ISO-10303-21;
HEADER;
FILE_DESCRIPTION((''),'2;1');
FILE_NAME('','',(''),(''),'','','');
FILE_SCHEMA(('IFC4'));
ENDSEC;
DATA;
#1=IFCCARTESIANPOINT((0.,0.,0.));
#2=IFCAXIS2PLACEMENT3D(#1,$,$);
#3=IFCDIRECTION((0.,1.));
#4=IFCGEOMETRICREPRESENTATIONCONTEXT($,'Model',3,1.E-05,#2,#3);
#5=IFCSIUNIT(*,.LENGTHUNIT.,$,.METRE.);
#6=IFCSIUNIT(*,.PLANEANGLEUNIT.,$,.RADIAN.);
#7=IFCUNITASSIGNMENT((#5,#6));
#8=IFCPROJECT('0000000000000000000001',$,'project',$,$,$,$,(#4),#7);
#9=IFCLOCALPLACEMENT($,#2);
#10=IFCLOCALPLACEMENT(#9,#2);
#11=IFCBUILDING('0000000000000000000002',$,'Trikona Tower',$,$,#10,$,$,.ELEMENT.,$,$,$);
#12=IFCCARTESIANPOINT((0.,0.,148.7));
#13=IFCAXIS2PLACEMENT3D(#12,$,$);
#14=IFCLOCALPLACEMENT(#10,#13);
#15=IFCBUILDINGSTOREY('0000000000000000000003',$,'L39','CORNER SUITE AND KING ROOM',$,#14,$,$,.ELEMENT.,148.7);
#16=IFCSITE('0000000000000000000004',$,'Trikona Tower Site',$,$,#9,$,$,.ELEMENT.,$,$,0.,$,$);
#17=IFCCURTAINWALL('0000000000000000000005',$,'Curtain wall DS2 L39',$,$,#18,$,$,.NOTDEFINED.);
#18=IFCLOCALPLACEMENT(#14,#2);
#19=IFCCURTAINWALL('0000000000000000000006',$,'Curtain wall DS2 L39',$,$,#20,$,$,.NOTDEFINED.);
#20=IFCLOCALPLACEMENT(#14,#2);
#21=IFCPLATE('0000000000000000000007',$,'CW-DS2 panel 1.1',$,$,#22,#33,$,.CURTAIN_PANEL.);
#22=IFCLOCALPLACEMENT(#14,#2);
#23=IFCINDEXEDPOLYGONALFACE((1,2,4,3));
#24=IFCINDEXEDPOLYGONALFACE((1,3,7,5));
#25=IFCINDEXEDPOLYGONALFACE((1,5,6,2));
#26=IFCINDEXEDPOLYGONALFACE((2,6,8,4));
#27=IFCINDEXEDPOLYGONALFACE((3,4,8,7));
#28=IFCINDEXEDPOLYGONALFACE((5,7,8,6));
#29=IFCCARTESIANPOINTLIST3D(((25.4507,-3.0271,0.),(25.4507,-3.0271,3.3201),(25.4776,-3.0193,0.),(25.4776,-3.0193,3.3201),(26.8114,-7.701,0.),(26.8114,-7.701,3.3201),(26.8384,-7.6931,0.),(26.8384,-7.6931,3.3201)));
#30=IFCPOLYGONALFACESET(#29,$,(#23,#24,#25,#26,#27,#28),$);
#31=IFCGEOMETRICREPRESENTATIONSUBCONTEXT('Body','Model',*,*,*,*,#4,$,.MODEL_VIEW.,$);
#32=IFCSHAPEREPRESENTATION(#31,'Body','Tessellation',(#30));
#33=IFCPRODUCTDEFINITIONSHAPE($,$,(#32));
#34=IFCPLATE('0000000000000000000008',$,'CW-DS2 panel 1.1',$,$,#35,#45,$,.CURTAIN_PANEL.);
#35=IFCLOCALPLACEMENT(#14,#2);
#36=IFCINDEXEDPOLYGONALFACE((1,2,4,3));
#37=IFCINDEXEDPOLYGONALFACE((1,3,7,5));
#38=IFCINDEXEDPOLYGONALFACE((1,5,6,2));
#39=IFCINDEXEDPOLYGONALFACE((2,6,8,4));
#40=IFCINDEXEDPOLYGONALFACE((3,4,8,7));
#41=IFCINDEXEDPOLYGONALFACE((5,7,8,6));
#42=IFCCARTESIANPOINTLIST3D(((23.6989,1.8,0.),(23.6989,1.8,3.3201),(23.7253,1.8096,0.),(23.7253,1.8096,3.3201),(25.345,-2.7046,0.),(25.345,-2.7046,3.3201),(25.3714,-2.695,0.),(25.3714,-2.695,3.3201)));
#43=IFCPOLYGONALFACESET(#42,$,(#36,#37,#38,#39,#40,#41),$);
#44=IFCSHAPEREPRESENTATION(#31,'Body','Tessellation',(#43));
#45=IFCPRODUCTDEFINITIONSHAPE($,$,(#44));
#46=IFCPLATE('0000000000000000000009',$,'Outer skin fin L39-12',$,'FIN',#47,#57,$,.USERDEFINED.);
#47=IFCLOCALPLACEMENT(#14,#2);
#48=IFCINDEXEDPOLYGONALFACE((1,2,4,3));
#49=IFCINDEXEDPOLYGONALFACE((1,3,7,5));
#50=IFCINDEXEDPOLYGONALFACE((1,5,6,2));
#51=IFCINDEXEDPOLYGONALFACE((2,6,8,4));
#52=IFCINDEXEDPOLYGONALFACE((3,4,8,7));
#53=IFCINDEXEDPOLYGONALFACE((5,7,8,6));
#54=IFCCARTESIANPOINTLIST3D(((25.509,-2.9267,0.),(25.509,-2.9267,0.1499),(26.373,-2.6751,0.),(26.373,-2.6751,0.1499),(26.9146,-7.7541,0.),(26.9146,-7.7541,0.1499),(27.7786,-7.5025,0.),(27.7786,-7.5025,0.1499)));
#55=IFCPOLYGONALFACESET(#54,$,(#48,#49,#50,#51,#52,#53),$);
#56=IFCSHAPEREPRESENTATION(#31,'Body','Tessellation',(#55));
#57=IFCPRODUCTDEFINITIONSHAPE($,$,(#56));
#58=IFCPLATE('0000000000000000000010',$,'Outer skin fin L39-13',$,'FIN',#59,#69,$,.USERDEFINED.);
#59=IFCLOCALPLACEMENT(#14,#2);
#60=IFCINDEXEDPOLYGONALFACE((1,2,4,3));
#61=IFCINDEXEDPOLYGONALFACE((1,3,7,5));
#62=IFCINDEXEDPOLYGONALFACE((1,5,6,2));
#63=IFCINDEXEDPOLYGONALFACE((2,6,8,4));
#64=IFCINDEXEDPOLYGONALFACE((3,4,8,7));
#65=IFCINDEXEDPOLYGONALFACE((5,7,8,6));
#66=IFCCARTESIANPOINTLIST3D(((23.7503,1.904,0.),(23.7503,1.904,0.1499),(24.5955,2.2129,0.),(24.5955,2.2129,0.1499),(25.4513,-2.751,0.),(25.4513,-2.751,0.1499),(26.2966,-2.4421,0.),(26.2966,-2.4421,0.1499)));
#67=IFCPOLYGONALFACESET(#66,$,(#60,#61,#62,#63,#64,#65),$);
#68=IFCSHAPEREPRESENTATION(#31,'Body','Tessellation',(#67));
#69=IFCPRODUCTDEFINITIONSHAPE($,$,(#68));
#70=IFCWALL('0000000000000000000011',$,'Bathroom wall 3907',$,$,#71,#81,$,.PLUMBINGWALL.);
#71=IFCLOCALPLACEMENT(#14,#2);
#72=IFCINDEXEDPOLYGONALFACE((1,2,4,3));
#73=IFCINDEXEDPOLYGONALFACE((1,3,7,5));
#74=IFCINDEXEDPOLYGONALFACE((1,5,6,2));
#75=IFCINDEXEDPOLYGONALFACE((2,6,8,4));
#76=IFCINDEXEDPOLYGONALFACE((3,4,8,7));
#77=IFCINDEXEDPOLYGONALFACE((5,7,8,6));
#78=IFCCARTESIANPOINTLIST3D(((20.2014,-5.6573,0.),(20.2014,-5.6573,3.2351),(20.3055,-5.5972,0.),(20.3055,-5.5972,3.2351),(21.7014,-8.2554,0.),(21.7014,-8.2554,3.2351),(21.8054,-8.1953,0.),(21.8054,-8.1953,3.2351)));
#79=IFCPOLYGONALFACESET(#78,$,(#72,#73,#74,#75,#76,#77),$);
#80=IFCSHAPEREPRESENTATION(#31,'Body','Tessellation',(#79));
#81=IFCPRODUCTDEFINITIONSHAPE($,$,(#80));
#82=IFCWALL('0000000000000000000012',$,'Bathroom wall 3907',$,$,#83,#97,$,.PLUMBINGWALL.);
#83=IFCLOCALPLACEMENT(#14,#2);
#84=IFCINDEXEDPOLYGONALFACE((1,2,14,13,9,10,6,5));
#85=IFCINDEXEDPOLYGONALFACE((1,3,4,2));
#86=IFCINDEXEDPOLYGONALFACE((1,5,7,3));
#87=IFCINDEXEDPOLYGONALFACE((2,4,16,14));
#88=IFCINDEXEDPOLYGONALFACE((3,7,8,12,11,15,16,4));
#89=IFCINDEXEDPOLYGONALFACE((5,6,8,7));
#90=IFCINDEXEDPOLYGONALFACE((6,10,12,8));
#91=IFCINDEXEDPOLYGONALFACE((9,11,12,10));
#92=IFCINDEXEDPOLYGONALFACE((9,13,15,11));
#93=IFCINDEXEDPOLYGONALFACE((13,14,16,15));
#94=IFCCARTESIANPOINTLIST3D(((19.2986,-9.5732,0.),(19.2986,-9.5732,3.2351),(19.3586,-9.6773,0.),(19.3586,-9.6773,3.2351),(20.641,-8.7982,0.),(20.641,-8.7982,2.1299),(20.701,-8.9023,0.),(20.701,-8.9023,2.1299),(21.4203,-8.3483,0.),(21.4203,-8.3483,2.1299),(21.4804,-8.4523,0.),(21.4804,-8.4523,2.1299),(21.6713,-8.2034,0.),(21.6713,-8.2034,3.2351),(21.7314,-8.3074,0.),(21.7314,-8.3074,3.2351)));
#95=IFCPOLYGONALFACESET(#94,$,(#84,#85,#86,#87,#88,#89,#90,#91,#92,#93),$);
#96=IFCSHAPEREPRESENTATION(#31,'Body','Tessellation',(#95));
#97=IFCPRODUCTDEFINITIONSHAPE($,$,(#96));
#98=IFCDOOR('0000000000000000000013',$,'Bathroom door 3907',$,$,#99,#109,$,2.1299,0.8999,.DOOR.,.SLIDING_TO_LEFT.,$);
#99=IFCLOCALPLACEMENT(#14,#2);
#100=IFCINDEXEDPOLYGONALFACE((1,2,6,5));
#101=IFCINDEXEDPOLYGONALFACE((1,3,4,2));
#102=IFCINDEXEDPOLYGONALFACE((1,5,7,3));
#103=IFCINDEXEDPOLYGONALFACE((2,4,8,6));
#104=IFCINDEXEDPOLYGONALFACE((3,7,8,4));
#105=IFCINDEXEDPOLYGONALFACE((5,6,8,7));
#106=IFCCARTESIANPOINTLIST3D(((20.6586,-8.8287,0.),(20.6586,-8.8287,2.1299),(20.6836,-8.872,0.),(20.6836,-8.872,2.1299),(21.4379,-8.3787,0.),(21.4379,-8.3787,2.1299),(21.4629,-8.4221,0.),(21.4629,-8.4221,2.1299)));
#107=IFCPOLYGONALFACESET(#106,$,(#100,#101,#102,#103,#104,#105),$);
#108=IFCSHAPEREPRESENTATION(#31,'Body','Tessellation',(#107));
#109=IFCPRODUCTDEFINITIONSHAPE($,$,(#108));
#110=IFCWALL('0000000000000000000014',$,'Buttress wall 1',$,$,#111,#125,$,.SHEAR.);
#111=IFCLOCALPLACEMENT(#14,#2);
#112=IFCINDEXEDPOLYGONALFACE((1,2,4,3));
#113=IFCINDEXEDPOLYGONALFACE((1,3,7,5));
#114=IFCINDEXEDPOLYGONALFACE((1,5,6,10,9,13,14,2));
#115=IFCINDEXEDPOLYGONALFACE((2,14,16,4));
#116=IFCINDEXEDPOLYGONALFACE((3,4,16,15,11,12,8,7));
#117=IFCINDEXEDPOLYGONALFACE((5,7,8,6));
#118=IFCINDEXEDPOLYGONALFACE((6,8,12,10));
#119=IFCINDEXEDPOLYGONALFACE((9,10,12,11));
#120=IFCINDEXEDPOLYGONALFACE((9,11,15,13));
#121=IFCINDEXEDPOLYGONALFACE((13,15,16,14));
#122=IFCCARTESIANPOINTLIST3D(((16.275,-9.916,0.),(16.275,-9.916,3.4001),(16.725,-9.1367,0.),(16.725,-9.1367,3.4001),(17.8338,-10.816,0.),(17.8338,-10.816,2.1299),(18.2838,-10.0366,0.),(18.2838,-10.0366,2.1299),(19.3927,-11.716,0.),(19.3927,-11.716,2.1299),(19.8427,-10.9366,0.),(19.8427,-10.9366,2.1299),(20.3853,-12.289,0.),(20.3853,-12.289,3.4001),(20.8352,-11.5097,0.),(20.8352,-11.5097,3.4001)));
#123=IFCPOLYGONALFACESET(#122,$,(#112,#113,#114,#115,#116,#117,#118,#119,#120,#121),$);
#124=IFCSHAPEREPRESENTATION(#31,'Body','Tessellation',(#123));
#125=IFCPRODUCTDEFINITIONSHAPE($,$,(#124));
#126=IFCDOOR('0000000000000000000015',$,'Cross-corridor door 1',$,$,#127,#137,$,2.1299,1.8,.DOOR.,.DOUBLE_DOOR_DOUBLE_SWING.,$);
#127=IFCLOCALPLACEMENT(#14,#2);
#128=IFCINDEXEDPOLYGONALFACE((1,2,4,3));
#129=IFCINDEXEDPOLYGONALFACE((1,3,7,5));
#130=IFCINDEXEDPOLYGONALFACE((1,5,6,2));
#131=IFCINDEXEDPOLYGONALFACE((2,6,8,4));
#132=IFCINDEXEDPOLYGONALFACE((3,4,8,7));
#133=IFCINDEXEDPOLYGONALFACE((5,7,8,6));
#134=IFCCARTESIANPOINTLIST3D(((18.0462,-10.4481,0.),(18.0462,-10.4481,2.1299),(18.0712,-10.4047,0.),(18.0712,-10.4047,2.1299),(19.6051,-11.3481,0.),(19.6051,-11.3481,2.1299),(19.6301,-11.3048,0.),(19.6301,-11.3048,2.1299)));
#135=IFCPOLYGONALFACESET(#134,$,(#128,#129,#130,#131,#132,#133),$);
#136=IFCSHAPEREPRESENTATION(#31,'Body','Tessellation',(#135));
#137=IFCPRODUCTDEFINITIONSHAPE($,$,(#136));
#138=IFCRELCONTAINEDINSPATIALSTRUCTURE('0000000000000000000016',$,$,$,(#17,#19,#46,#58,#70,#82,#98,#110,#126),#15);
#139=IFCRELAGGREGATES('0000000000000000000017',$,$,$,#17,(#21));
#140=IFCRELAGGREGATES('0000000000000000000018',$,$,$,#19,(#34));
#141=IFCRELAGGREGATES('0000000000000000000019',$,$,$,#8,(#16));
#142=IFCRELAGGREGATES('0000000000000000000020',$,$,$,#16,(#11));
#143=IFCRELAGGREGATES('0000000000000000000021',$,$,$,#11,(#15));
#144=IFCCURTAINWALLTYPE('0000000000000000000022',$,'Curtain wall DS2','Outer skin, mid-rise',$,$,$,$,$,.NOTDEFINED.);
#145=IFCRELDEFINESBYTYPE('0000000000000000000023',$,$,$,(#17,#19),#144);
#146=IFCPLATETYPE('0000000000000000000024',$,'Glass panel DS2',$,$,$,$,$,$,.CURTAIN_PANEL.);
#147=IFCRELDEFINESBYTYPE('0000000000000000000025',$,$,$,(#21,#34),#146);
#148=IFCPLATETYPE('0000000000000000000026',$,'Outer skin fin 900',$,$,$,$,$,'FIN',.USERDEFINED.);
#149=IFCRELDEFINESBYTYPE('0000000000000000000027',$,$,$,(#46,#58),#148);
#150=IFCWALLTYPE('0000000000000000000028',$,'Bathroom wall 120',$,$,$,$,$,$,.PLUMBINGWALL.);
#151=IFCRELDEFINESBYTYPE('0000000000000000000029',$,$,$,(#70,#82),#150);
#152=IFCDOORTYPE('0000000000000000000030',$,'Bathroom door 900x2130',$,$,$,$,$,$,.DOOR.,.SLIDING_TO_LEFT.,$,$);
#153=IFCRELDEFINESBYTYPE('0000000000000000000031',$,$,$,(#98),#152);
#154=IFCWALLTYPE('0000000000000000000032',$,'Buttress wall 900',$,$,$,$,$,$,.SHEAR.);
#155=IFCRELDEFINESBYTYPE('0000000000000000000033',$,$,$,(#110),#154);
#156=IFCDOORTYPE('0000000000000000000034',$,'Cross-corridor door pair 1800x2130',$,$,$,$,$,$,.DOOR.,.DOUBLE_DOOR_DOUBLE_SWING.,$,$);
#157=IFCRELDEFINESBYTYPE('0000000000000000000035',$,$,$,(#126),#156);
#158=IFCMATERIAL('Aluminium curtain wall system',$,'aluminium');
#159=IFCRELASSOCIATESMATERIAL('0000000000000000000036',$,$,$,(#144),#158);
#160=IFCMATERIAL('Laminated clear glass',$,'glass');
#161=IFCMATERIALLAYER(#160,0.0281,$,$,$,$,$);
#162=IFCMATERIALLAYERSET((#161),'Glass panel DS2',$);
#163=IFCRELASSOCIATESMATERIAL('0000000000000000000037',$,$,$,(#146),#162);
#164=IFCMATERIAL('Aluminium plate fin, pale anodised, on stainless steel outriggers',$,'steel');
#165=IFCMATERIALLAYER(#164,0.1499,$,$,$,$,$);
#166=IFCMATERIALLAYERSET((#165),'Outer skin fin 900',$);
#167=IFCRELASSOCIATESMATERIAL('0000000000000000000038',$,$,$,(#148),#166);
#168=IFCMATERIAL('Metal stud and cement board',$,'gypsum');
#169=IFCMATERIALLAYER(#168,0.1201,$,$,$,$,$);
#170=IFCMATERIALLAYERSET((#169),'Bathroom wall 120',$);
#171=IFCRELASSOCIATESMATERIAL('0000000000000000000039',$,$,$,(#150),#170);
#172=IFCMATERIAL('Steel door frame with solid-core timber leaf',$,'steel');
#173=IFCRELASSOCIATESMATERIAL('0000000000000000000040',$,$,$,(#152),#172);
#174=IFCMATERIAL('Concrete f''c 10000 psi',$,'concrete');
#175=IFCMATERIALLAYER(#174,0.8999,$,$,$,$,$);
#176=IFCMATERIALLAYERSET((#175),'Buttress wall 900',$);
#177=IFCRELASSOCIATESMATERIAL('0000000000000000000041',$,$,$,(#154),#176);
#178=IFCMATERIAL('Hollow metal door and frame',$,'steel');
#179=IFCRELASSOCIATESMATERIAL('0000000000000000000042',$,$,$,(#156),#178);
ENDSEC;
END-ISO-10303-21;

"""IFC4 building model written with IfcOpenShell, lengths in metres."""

from ifc_helpers import new_model, si_unit, direction, frame, frame_2d, origin, origin_2d, place, context, subcontext, project, spatial, rectangle, extrude, material, layer, layer_set, type_object, element, fill, aggregate, save


model = new_model("IFC4")

# Units and contexts
model_context = context("Model", 3, precision=1e-05, world=origin(), true_north=direction((0.0, 1.0)))
body_context = subcontext(model_context, "Body", "Model", "MODEL_VIEW")
ifc_project = project(units=[si_unit("LENGTHUNIT", "METRE"), si_unit("PLANEANGLEUNIT", "RADIAN")], contexts=[model_context])

# Site, building, storey
site_placement = place(None, origin())
site = spatial("IfcSite", under=ifc_project, at=site_placement, Name="Trikona Tower Site", CompositionType="ELEMENT", RefElevation=0.0)
building_placement = place(site_placement, origin())
building = spatial("IfcBuilding", under=site, at=building_placement, Name="Trikona Tower", CompositionType="ELEMENT")
storey_placement = place(building_placement, frame((0.0, 0.0, 148.7)))
storey = spatial("IfcBuildingStorey", under=building, at=storey_placement, Name="L39", Description="CORNER SUITE AND KING ROOM", CompositionType="ELEMENT", Elevation=148.7)

# Curtain wall
ifc_material_1 = material(Name="Aluminium curtain wall system", Category="aluminium")
curtain_wall_type = type_object("IfcCurtainWallType", Name="Curtain wall DS2", Description="Outer skin, mid-rise", PredefinedType="NOTDEFINED", material=ifc_material_1)
curtain_wall_1_placement = place(storey_placement, origin())
curtain_wall_1 = element("IfcCurtainWall", 1, at=curtain_wall_1_placement, inside=storey, type_object=curtain_wall_type, Name="Curtain wall DS2 L39", PredefinedType="NOTDEFINED")

# Curtain wall
curtain_wall_2_placement = place(storey_placement, origin())
curtain_wall_2 = element("IfcCurtainWall", 2, at=curtain_wall_2_placement, inside=storey, type_object=curtain_wall_type, Name="Curtain wall DS2 L39", PredefinedType="NOTDEFINED")

# Plates
ifc_material_2 = material(Name="Laminated clear glass", Category="glass")
ifc_layer_1 = layer(ifc_material_2, 0.0281)
ifc_layer_set_1 = layer_set([ifc_layer_1], Name="Glass panel DS2")
plate_type_1 = type_object("IfcPlateType", Name="Glass panel DS2", PredefinedType="CURTAIN_PANEL", material=ifc_layer_set_1)
plate_1_placement = place(storey_placement, frame((26.1445, -5.3601, 0.0), z_axis=(0.0, 0.0, 1.0), x_axis=(-0.279543, 0.960133, 0.0)))
plate_1 = element("IfcPlate", 3, at=plate_1_placement, type_object=plate_type_1, Name="CW-DS2 panel 1.1", PredefinedType="CURTAIN_PANEL", context=body_context, shape_type="SweptSolid", body=[
    extrude(rectangle(XDim=4.8679, YDim=0.0281, at=origin_2d()), origin(), (0.0, 0.0, 1.0), 3.3201),
])
aggregate(curtain_wall_1, [plate_1])
plate_2_placement = place(storey_placement, frame((24.5352, -0.4475, 0.0), z_axis=(0.0, 0.0, 1.0), x_axis=(-0.343223, 0.939254, 0.0)))
plate_2 = element("IfcPlate", 4, at=plate_2_placement, type_object=plate_type_1, Name="CW-DS2 panel 1.1", PredefinedType="CURTAIN_PANEL", context=body_context, shape_type="SweptSolid", body=[
    extrude(rectangle(XDim=4.7959, YDim=0.0281, at=origin_2d()), origin(), (0.0, 0.0, 1.0), 3.3201),
])
aggregate(curtain_wall_2, [plate_2])

# Plates
ifc_material_3 = material(Name="Aluminium plate fin, pale anodised, on stainless steel outriggers", Category="steel")
ifc_layer_2 = layer(ifc_material_3, 0.1499)
ifc_layer_set_2 = layer_set([ifc_layer_2], Name="Outer skin fin 900")
plate_type_2 = type_object("IfcPlateType", Name="Outer skin fin 900", ElementType="FIN", PredefinedType="USERDEFINED", material=ifc_layer_set_2)
plate_3_placement = place(storey_placement, frame((26.6438, -5.2146, 0.0), z_axis=(0.0, 0.0, 1.0), x_axis=(-0.279554, 0.96013, 0.0)))
element("IfcPlate", 5, at=plate_3_placement, inside=storey, type_object=plate_type_2, Name="Outer skin fin L39-12", ObjectType="FIN", PredefinedType="USERDEFINED", context=body_context, shape_type="SweptSolid", body=[
    extrude(rectangle(XDim=5.0278, YDim=0.8999, at=origin_2d()), origin(), (0.0, 0.0, 1.0), 0.1499),
])
plate_4_placement = place(storey_placement, frame((25.0234, -0.269, 0.0), z_axis=(0.0, 0.0, 1.0), x_axis=(-0.34322, 0.939255, 0.0)))
element("IfcPlate", 6, at=plate_4_placement, inside=storey, type_object=plate_type_2, Name="Outer skin fin L39-13", ObjectType="FIN", PredefinedType="USERDEFINED", context=body_context, shape_type="SweptSolid", body=[
    extrude(rectangle(XDim=4.9561, YDim=0.8999, at=origin_2d()), origin(), (0.0, 0.0, 1.0), 0.1499),
])

# Wall
ifc_material_4 = material(Name="Metal stud and cement board", Category="gypsum")
ifc_layer_3 = layer(ifc_material_4, 0.1201)
ifc_layer_set_3 = layer_set([ifc_layer_3], Name="Bathroom wall 120")
wall_type_1 = type_object("IfcWallType", Name="Bathroom wall 120", PredefinedType="PLUMBINGWALL", material=ifc_layer_set_3)
wall_1_placement = place(storey_placement, frame((21.7534, -8.2253, 0.0), z_axis=(0.0, 0.0, 1.0), x_axis=(-0.49999, 0.866031, 0.0)))
element("IfcWall", 7, at=wall_1_placement, inside=storey, type_object=wall_type_1, Name="Bathroom wall 3907", PredefinedType="PLUMBINGWALL", context=body_context, shape_type="SweptSolid", body=[
    extrude(rectangle(XDim=3.0, YDim=0.1201, at=frame_2d((1.5, 0.0))), origin(), (0.0, 0.0, 1.0), 3.2351),
])

# Walls, openings, doors
wall_2_placement = place(storey_placement, frame((19.3286, -9.6252, 0.0), z_axis=(0.0, 0.0, 1.0), x_axis=(0.866036, 0.499982, 0.0)))
wall_2 = element("IfcWall", 8, at=wall_2_placement, inside=storey, type_object=wall_type_1, Name="Bathroom wall 3907", PredefinedType="PLUMBINGWALL", context=body_context, shape_type="SweptSolid", body=[
    extrude(rectangle(XDim=2.7397, YDim=0.1201, at=frame_2d((1.3699, 0.0))), origin(), (0.0, 0.0, 1.0), 3.2351),
])
opening_1_placement = place(wall_2_placement, frame((1.55, 0.0, 0.0)))
opening_1 = element("IfcOpeningElement", 9, at=opening_1_placement, cuts=wall_2, PredefinedType="OPENING", context=body_context, shape_type="SweptSolid", body=[
    extrude(rectangle(XDim=0.8999, YDim=2.1299, at=frame_2d((0.45, 1.0649))), frame((0.0, 0.0701, 0.0), z_axis=(0.0, -1.0, 0.0), x_axis=(1.0, 0.0, 0.0)), (0.0, 0.0, 1.0), 0.1401),
])
ifc_material_5 = material(Name="Steel door frame with solid-core timber leaf", Category="steel")
door_type_1 = type_object("IfcDoorType", Name="Bathroom door 900x2130", OperationType="SLIDING_TO_LEFT", PredefinedType="DOOR", material=ifc_material_5)
door_1_placement = place(opening_1_placement, origin())
door_1 = element("IfcDoor", 10, at=door_1_placement, inside=storey, type_object=door_type_1, Name="Bathroom door 3907", OperationType="SLIDING_TO_LEFT", OverallHeight=2.1299, OverallWidth=0.8999, PredefinedType="DOOR", context=body_context, shape_type="SweptSolid", body=[
    extrude(rectangle(XDim=0.8999, YDim=2.1299, at=frame_2d((0.45, 1.0649))), frame((0.0, 0.0249, 0.0), z_axis=(0.0, -1.0, 0.0), x_axis=(1.0, 0.0, 0.0)), (0.0, 0.0, 1.0), 0.05),
])
fill(opening_1, door_1)
ifc_material_6 = material(Name="Concrete f'c 10000 psi", Category="concrete")
ifc_layer_4 = layer(ifc_material_6, 0.8999)
ifc_layer_set_4 = layer_set([ifc_layer_4], Name="Buttress wall 900")
wall_type_2 = type_object("IfcWallType", Name="Buttress wall 900", PredefinedType="SHEAR", material=ifc_layer_set_4)
wall_3_placement = place(storey_placement, frame((16.5, -9.5264, 0.0), z_axis=(0.0, 0.0, 1.0), x_axis=(0.866031, -0.49999, 0.0)))
wall_3 = element("IfcWall", 11, at=wall_3_placement, inside=storey, type_object=wall_type_2, Name="Buttress wall 1", PredefinedType="SHEAR", context=body_context, shape_type="SweptSolid", body=[
    extrude(rectangle(XDim=4.7461, YDim=0.8999, at=frame_2d((2.373, 0.0))), origin(), (0.0, 0.0, 1.0), 3.4001),
])
opening_2_placement = place(wall_3_placement, frame((1.8, 0.0, 0.0)))
opening_2 = element("IfcOpeningElement", 12, at=opening_2_placement, cuts=wall_3, PredefinedType="OPENING", context=body_context, shape_type="SweptSolid", body=[
    extrude(rectangle(XDim=1.8, YDim=2.1299, at=frame_2d((0.8999, 1.0649))), frame((0.0, 0.46, 0.0), z_axis=(0.0, -1.0, 0.0), x_axis=(1.0, 0.0, 0.0)), (0.0, 0.0, 1.0), 0.9199),
])
ifc_material_7 = material(Name="Hollow metal door and frame", Category="steel")
door_type_2 = type_object("IfcDoorType", Name="Cross-corridor door pair 1800x2130", OperationType="DOUBLE_DOOR_DOUBLE_SWING", PredefinedType="DOOR", material=ifc_material_7)
door_2_placement = place(opening_2_placement, origin())
door_2 = element("IfcDoor", 13, at=door_2_placement, inside=storey, type_object=door_type_2, Name="Cross-corridor door 1", OperationType="DOUBLE_DOOR_DOUBLE_SWING", OverallHeight=2.1299, OverallWidth=1.8, PredefinedType="DOOR", context=body_context, shape_type="SweptSolid", body=[
    extrude(rectangle(XDim=1.8, YDim=2.1299, at=frame_2d((0.8999, 1.0649))), frame((0.0, 0.0249, 0.0), z_axis=(0.0, -1.0, 0.0), x_axis=(1.0, 0.0, 0.0)), (0.0, 0.0, 1.0), 0.05),
])
fill(opening_2, door_2)

save(model, "model.ifc")
